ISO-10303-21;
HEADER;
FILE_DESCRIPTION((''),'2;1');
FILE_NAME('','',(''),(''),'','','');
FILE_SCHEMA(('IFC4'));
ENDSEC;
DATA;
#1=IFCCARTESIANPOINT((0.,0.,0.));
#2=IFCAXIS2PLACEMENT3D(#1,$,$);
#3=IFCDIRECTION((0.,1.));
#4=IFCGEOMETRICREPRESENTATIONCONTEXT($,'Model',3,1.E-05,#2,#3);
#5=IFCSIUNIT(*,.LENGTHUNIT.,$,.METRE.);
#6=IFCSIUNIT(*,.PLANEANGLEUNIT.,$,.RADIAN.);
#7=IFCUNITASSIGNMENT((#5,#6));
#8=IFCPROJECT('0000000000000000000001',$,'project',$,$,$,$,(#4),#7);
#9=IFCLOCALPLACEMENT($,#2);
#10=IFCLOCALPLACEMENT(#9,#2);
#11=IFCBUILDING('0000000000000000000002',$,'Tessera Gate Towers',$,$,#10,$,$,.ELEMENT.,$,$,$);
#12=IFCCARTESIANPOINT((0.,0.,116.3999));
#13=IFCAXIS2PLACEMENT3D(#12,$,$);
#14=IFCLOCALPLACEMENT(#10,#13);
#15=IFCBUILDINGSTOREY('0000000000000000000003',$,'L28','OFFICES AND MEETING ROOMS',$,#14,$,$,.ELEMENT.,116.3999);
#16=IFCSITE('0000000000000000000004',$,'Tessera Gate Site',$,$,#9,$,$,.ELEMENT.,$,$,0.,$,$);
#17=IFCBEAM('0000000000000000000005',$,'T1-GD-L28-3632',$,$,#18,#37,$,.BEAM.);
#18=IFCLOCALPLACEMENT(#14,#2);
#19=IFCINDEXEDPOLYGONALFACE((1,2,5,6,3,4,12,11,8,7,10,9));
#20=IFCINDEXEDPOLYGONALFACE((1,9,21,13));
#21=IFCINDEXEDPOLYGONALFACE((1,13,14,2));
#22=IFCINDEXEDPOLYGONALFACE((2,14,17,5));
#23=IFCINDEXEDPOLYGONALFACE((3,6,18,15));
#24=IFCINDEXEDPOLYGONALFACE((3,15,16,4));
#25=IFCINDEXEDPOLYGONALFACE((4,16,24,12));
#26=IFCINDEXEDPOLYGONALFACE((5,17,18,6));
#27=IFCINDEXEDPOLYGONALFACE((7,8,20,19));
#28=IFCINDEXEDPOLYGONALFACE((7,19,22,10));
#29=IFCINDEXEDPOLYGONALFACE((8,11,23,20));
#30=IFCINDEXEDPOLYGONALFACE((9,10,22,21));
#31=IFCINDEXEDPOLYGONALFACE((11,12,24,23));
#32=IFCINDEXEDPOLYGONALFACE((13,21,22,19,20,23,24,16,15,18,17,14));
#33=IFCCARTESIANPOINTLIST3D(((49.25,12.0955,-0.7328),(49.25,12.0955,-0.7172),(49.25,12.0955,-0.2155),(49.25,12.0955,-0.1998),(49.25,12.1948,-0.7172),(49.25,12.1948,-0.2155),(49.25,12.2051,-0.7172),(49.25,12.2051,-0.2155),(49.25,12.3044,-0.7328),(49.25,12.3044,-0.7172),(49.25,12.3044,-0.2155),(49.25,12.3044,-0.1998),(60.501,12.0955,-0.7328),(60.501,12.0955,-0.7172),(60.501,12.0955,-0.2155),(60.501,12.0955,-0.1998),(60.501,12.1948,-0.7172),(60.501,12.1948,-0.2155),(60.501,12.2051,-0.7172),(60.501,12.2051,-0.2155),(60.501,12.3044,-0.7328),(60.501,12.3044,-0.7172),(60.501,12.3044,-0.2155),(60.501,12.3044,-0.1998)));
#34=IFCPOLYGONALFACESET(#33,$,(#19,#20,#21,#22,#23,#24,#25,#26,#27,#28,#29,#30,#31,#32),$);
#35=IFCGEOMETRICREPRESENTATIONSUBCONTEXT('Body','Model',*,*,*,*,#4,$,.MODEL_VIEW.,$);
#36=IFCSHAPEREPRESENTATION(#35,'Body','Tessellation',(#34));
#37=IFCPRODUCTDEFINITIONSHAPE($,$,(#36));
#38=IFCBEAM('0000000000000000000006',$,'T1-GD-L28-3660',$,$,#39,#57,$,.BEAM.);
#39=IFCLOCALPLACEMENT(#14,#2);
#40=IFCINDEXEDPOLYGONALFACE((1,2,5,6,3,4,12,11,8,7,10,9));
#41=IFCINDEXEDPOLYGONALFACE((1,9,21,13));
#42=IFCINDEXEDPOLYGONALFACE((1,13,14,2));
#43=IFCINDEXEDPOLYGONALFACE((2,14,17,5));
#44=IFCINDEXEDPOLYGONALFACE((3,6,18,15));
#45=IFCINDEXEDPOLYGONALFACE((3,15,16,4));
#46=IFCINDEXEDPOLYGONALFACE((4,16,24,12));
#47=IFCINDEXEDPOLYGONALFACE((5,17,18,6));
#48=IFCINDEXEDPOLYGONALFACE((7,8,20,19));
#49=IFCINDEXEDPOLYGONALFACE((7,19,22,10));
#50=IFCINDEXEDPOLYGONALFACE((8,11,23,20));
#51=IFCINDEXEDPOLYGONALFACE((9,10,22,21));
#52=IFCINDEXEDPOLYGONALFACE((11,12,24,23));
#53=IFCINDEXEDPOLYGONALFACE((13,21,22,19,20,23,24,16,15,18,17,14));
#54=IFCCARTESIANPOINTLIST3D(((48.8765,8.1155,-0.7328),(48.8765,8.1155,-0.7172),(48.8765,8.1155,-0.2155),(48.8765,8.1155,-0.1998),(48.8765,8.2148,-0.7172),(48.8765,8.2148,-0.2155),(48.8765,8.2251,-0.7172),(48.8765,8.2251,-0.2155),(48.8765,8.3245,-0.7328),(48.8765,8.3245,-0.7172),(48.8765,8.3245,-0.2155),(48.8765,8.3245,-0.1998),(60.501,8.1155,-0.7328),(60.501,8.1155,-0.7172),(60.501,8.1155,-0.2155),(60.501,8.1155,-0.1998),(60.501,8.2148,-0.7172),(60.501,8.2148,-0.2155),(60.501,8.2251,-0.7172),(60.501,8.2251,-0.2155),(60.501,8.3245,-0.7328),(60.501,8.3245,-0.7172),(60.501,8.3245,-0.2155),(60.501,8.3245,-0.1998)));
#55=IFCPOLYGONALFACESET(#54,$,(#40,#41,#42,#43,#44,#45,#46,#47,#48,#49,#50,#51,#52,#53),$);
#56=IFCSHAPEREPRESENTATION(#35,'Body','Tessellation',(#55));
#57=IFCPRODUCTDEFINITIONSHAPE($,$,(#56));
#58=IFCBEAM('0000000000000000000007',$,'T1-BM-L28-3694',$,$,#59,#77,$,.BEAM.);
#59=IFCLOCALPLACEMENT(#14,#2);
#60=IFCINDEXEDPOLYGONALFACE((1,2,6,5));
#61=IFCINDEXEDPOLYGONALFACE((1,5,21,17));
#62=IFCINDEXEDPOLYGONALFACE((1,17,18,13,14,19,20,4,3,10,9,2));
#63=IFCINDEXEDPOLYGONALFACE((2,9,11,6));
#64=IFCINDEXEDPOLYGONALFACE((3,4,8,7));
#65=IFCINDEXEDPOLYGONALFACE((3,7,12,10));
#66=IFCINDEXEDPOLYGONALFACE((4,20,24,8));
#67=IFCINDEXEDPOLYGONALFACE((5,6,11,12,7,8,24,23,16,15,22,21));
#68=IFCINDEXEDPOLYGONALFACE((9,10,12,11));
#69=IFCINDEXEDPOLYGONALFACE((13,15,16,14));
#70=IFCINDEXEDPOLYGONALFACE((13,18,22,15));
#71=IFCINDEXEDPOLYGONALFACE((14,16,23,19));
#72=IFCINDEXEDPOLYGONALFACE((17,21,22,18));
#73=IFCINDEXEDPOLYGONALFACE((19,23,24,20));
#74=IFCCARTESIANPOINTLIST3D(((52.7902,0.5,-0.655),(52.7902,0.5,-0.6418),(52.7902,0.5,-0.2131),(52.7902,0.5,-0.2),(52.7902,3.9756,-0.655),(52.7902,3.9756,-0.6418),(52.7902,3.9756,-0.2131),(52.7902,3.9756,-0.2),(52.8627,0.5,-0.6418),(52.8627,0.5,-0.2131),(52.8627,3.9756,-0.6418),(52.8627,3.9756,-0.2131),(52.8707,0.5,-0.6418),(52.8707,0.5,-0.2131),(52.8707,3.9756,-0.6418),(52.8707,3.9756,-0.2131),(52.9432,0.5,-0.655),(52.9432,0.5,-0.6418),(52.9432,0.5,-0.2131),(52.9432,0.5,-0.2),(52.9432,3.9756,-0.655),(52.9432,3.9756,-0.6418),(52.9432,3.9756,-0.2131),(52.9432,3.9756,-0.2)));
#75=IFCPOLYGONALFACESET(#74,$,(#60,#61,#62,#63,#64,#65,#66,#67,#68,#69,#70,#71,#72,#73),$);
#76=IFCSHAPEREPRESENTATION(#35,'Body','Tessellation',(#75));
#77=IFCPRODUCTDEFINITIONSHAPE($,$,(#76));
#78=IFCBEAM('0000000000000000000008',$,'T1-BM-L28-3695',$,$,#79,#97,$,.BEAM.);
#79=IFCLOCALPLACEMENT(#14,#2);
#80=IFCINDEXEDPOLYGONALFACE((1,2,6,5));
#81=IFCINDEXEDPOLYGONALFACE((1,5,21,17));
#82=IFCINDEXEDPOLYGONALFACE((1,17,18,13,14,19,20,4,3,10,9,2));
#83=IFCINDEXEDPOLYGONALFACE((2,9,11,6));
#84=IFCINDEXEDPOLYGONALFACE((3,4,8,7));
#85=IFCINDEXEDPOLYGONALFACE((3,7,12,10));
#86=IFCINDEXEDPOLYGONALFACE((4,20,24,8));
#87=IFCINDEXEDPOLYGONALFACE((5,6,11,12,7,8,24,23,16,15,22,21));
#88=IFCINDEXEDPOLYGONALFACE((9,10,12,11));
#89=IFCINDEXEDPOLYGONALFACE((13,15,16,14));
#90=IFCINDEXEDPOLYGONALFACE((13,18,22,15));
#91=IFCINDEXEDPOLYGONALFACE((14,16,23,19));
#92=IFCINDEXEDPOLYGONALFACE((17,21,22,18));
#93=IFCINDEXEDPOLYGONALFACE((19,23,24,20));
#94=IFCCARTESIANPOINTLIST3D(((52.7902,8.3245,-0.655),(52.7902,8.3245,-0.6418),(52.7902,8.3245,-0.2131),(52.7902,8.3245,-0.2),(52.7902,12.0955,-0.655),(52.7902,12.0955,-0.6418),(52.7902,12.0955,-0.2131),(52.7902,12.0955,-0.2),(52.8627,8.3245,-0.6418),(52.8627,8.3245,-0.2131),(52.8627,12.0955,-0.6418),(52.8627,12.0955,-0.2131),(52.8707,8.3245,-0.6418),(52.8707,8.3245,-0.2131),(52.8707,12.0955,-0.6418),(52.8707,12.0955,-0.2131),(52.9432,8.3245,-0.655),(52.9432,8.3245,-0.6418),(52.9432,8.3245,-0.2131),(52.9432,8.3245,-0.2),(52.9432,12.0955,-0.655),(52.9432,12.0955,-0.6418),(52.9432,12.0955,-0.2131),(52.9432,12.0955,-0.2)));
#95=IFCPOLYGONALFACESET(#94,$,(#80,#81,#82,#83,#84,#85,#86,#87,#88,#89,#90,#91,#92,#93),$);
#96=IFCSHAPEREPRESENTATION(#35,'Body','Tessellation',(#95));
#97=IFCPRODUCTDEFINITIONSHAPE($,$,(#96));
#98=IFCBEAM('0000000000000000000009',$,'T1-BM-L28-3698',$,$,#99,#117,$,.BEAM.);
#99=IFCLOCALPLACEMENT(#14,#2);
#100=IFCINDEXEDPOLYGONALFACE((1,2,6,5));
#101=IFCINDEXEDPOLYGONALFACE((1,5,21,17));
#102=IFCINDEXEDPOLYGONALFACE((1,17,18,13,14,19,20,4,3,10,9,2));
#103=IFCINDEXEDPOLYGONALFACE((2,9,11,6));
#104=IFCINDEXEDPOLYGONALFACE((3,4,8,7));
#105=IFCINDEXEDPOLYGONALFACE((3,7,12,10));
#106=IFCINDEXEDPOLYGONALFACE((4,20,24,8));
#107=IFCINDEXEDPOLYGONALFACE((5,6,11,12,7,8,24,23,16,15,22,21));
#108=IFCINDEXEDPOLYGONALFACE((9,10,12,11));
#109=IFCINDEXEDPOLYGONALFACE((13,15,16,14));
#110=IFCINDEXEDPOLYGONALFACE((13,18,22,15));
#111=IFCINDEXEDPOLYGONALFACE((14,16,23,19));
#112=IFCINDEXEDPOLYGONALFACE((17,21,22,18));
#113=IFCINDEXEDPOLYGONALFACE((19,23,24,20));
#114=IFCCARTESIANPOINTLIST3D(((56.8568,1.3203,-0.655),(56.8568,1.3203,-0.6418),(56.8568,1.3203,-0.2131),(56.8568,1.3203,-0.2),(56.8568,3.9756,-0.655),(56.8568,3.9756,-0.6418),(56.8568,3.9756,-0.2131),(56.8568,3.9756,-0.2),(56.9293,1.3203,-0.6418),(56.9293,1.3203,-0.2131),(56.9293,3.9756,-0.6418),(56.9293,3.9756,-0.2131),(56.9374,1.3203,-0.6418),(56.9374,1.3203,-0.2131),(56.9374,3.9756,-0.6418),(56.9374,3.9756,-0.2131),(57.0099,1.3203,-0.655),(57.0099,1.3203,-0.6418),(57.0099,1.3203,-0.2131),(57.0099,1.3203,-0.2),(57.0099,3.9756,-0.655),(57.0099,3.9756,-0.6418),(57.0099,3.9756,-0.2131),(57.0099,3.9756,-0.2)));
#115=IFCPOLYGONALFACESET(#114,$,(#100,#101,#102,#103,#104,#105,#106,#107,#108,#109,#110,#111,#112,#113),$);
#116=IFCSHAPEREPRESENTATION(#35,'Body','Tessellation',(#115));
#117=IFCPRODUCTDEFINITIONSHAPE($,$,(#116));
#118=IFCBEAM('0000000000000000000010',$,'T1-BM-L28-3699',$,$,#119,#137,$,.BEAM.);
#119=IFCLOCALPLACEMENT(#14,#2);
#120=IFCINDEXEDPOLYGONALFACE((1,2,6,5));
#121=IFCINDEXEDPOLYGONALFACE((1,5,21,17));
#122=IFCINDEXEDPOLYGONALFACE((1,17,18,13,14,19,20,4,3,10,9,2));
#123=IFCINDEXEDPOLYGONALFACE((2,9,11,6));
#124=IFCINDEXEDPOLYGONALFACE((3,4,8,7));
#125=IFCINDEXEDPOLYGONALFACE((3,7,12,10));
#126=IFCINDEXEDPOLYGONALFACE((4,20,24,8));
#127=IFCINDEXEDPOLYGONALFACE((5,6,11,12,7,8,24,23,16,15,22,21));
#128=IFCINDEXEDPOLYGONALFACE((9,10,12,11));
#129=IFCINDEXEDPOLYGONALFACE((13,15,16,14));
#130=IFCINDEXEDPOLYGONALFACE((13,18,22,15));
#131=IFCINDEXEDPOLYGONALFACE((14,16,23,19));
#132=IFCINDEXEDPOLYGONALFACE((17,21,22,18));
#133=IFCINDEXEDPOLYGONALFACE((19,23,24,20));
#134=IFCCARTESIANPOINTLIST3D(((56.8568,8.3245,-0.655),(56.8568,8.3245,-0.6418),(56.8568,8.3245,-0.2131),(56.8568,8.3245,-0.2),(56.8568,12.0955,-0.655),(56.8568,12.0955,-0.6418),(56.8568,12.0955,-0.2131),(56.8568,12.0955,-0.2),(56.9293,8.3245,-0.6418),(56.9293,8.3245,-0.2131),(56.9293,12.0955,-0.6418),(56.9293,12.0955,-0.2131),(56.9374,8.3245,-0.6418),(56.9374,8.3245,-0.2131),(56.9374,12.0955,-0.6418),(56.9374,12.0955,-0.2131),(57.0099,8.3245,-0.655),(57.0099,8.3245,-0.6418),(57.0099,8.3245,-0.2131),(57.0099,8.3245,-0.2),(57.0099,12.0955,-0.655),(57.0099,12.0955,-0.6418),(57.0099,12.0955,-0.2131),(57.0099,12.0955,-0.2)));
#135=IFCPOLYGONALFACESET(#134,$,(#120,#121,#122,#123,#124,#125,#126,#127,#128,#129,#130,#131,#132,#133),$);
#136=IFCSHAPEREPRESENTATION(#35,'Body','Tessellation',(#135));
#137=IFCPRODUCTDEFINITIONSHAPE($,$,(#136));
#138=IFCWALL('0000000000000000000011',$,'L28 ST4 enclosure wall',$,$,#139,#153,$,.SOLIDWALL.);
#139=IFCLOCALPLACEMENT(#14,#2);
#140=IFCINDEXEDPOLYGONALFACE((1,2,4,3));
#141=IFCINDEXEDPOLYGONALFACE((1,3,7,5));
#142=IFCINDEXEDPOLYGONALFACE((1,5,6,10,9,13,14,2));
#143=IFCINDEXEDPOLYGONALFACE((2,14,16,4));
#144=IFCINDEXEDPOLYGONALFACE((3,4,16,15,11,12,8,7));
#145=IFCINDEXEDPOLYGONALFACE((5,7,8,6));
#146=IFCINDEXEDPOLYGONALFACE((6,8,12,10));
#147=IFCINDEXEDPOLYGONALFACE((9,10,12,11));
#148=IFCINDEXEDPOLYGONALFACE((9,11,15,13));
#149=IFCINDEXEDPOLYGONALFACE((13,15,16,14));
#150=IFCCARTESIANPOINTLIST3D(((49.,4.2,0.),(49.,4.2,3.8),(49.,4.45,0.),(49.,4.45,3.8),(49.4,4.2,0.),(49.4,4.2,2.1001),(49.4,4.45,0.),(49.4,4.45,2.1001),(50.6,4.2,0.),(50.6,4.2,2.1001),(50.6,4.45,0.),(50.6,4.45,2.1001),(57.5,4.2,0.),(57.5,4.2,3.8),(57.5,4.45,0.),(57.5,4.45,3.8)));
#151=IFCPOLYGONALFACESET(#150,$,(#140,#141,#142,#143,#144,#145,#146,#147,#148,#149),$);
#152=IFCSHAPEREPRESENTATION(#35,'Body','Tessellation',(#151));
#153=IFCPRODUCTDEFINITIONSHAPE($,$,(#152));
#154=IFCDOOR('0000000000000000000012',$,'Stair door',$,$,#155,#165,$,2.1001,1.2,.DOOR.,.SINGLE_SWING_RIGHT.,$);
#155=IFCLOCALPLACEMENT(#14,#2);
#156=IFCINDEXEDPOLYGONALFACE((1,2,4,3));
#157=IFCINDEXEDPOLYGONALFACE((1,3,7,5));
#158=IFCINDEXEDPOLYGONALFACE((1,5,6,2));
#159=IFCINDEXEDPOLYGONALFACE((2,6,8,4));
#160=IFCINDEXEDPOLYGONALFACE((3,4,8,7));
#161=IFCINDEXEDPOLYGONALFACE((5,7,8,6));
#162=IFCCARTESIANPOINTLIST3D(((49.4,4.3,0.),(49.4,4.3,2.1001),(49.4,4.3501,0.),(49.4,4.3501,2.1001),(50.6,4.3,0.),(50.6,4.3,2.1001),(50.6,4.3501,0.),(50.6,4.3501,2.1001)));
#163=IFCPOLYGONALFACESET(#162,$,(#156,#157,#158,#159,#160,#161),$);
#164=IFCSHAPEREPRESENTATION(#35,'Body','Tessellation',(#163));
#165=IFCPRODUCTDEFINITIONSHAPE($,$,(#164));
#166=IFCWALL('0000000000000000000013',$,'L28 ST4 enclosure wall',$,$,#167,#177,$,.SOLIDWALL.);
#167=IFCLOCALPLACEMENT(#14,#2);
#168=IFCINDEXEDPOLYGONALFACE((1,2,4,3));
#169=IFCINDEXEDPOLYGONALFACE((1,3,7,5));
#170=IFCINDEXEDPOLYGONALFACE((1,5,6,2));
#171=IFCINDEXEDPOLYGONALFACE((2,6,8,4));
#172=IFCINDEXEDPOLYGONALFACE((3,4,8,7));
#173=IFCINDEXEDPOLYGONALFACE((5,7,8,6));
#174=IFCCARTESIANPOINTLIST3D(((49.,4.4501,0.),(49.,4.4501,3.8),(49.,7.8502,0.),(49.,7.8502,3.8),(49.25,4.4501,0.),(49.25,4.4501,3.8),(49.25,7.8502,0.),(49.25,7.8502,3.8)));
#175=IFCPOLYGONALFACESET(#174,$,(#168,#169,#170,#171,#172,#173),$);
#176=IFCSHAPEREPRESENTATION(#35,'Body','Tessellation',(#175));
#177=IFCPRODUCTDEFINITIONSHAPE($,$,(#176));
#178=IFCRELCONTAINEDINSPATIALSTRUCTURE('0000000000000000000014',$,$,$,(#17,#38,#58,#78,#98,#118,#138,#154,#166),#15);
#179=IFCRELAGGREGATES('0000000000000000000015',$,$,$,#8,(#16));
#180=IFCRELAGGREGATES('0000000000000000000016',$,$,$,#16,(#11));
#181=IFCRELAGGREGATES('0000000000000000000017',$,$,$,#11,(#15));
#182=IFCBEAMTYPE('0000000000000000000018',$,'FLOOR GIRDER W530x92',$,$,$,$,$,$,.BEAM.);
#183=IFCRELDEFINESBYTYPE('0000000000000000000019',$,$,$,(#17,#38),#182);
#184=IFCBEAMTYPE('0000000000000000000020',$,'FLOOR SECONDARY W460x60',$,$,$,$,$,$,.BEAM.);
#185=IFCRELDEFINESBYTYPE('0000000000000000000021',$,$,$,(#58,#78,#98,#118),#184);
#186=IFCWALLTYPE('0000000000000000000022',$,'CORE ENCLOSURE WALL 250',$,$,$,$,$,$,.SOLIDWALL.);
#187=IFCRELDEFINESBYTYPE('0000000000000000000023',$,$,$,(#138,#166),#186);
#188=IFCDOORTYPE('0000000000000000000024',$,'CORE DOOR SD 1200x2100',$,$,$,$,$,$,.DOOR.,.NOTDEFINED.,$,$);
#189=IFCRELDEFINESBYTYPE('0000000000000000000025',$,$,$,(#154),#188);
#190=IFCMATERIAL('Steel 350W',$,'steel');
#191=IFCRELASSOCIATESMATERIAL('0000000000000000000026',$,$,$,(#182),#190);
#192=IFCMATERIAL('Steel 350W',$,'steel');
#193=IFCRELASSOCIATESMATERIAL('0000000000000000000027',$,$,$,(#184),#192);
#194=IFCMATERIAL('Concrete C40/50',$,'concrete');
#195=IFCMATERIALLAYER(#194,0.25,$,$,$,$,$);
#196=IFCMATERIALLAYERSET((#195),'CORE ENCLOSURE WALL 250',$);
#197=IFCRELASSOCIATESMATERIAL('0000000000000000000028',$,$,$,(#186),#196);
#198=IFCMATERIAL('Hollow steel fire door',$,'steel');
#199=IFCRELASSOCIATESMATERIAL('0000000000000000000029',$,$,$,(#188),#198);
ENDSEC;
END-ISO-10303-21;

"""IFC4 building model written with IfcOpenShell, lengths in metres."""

from ifc_helpers import new_model, si_unit, direction, frame, frame_2d, origin, origin_2d, place, context, subcontext, project, spatial, rectangle, i_section, extrude, source, transform, mapped, material, layer, layer_set, material_profile, profile_set, type_object, element, fill, save


model = new_model("IFC4")

# Units and contexts
model_context = context("Model", 3, precision=1e-05, world=origin(), true_north=direction((0.0, 1.0)))
body_context = subcontext(model_context, "Body", "Model", "MODEL_VIEW")
ifc_project = project(units=[si_unit("LENGTHUNIT", "METRE"), si_unit("PLANEANGLEUNIT", "RADIAN")], contexts=[model_context])

# Site, building, storey
site_placement = place(None, origin())
site = spatial("IfcSite", under=ifc_project, at=site_placement, Name="Tessera Gate Site", CompositionType="ELEMENT", RefElevation=0.0)
building_placement = place(site_placement, origin())
building = spatial("IfcBuilding", under=site, at=building_placement, Name="Tessera Gate Towers", CompositionType="ELEMENT")
storey_placement = place(building_placement, frame((0.0, 0.0, 116.3999)))
storey = spatial("IfcBuildingStorey", under=building, at=storey_placement, Name="L28", Description="OFFICES AND MEETING ROOMS", CompositionType="ELEMENT", Elevation=116.3999)

# Beams
ifc_material_1 = material(Name="Steel 350W", Category="steel")
ifc_material_profile_1 = material_profile(ifc_material_1, i_section(OverallWidth=0.209, OverallDepth=0.533, WebThickness=0.0103, FlangeThickness=0.0156, at=origin_2d()), Name="W530x92")
ifc_profile_set_1 = profile_set([ifc_material_profile_1], Name="Steel 350W")
beam_type_1 = type_object("IfcBeamType", Name="FLOOR GIRDER W530x92", PredefinedType="BEAM", material=ifc_profile_set_1)
beam_1_placement = place(storey_placement, frame((49.25, 12.2, -0.4663), z_axis=(1.0, 0.0, 0.0), x_axis=(0.0, 1.0, 0.0)))
element("IfcBeam", 1, at=beam_1_placement, inside=storey, type_object=beam_type_1, Name="T1-GD-L28-3632", PredefinedType="BEAM", context=body_context, shape_type="SweptSolid", body=[
    extrude(i_section(OverallWidth=0.209, OverallDepth=0.533, WebThickness=0.0103, FlangeThickness=0.0156, at=origin_2d()), origin(), (0.0, 0.0, 1.0), 11.251),
])
beam_2_placement = place(storey_placement, frame((48.8765, 8.22, -0.4663), z_axis=(1.0, 0.0, 0.0), x_axis=(0.0, 1.0, 0.0)))
element("IfcBeam", 2, at=beam_2_placement, inside=storey, type_object=beam_type_1, Name="T1-GD-L28-3660", PredefinedType="BEAM", context=body_context, shape_type="SweptSolid", body=[
    extrude(i_section(OverallWidth=0.209, OverallDepth=0.533, WebThickness=0.0103, FlangeThickness=0.0156, at=origin_2d()), origin(), (0.0, 0.0, 1.0), 11.6245),
])
ifc_material_2 = material(Name="Steel 350W", Category="steel")
ifc_material_profile_2 = material_profile(ifc_material_2, i_section(OverallWidth=0.1531, OverallDepth=0.4551, WebThickness=0.0081, FlangeThickness=0.0132, at=origin_2d()), Name="W460x60")
ifc_profile_set_2 = profile_set([ifc_material_profile_2], Name="Steel 350W")
beam_type_2 = type_object("IfcBeamType", Name="FLOOR SECONDARY W460x60", PredefinedType="BEAM", material=ifc_profile_set_2)
beam_3_placement = place(storey_placement, frame((52.8667, 0.5, -0.4275), z_axis=(0.0, 1.0, 0.0), x_axis=(-1.0, 0.0, 0.0)))
element("IfcBeam", 3, at=beam_3_placement, inside=storey, type_object=beam_type_2, Name="T1-BM-L28-3694", PredefinedType="BEAM", context=body_context, shape_type="SweptSolid", body=[
    extrude(i_section(OverallWidth=0.1531, OverallDepth=0.4551, WebThickness=0.0081, FlangeThickness=0.0132, at=origin_2d()), origin(), (0.0, 0.0, 1.0), 3.4756),
])
beam_4_placement = place(storey_placement, frame((52.8667, 8.3245, -0.4275), z_axis=(0.0, 1.0, 0.0), x_axis=(-1.0, 0.0, 0.0)))
element("IfcBeam", 4, at=beam_4_placement, inside=storey, type_object=beam_type_2, Name="T1-BM-L28-3695", PredefinedType="BEAM", context=body_context, shape_type="SweptSolid", body=[
    extrude(i_section(OverallWidth=0.1531, OverallDepth=0.4551, WebThickness=0.0081, FlangeThickness=0.0132, at=origin_2d()), origin(), (0.0, 0.0, 1.0), 3.771),
])
beam_5_placement = place(storey_placement, frame((56.9333, 1.3203, -0.4275), z_axis=(0.0, 1.0, 0.0), x_axis=(-1.0, 0.0, 0.0)))
element("IfcBeam", 5, at=beam_5_placement, inside=storey, type_object=beam_type_2, Name="T1-BM-L28-3698", PredefinedType="BEAM", context=body_context, shape_type="SweptSolid", body=[
    extrude(i_section(OverallWidth=0.1531, OverallDepth=0.4551, WebThickness=0.0081, FlangeThickness=0.0132, at=origin_2d()), origin(), (0.0, 0.0, 1.0), 2.6553),
])
beam_6_placement = place(storey_placement, frame((56.9333, 8.3245, -0.4275), z_axis=(0.0, 1.0, 0.0), x_axis=(-1.0, 0.0, 0.0)))
element("IfcBeam", 6, at=beam_6_placement, inside=storey, type_object=beam_type_2, Name="T1-BM-L28-3699", PredefinedType="BEAM", context=body_context, shape_type="SweptSolid", body=[
    extrude(i_section(OverallWidth=0.1531, OverallDepth=0.4551, WebThickness=0.0081, FlangeThickness=0.0132, at=origin_2d()), origin(), (0.0, 0.0, 1.0), 3.771),
])

# Wall, opening, door
ifc_material_3 = material(Name="Concrete C40/50", Category="concrete")
ifc_layer_1 = layer(ifc_material_3, 0.25)
ifc_layer_set_1 = layer_set([ifc_layer_1], Name="CORE ENCLOSURE WALL 250")
wall_type_1 = type_object("IfcWallType", Name="CORE ENCLOSURE WALL 250", PredefinedType="SOLIDWALL", material=ifc_layer_set_1)
wall_1_placement = place(storey_placement, frame((57.5, 4.325, 0.0), z_axis=(0.0, 0.0, 1.0), x_axis=(-1.0, 0.0, 0.0)))
wall_1 = element("IfcWall", 7, at=wall_1_placement, inside=storey, type_object=wall_type_1, Name="L28 ST4 enclosure wall", PredefinedType="SOLIDWALL", context=body_context, shape_type="SweptSolid", body=[
    extrude(rectangle(XDim=8.5, YDim=0.25, at=frame_2d((4.25, 0.0))), origin(), (0.0, 0.0, 1.0), 3.8),
])
shared_shape_1 = source(origin(), body_context, "Body", "SweptSolid", [
    extrude(rectangle(XDim=1.2, YDim=2.1001, at=frame_2d((0.6001, 1.05))), frame((0.0, 0.135, 0.0), z_axis=(0.0, -1.0, 0.0), x_axis=(1.0, 0.0, 0.0)), (0.0, 0.0, 1.0), 0.27),
])
opening_1_placement = place(wall_1_placement, frame((6.8999, 0.0, 0.0)))
opening_1 = element("IfcOpeningElement", 8, at=opening_1_placement, cuts=wall_1, PredefinedType="OPENING", context=body_context, shape_type="MappedRepresentation", body=[
    mapped(shared_shape_1, transform((0.0, 0.0, 0.0), scale=1.0)),
])
ifc_material_4 = material(Name="Hollow steel fire door", Category="steel")
door_type = type_object("IfcDoorType", Name="CORE DOOR SD 1200x2100", OperationType="NOTDEFINED", PredefinedType="DOOR", material=ifc_material_4)
shared_shape_2 = source(origin(), body_context, "Body", "SweptSolid", [
    extrude(rectangle(XDim=1.2, YDim=2.1001, at=frame_2d((0.6001, 1.05))), frame((0.0, 0.0249, 0.0), z_axis=(0.0, -1.0, 0.0), x_axis=(1.0, 0.0, 0.0)), (0.0, 0.0, 1.0), 0.05),
])
door_placement = place(opening_1_placement, origin())
door = element("IfcDoor", 9, at=door_placement, inside=storey, type_object=door_type, Name="Stair door", OperationType="SINGLE_SWING_RIGHT", OverallHeight=2.1001, OverallWidth=1.2, PredefinedType="DOOR", context=body_context, shape_type="MappedRepresentation", body=[
    mapped(shared_shape_2, transform((0.0, 0.0, 0.0), scale=1.0)),
])
fill(opening_1, door)

# Wall
wall_2_placement = place(storey_placement, frame((49.125, 4.45, 0.0), z_axis=(0.0, 0.0, 1.0), x_axis=(0.0, 1.0, 0.0)))
element("IfcWall", 10, at=wall_2_placement, inside=storey, type_object=wall_type_1, Name="L28 ST4 enclosure wall", PredefinedType="SOLIDWALL", context=body_context, shape_type="SweptSolid", body=[
    extrude(rectangle(XDim=3.4001, YDim=0.25, at=frame_2d((1.7002, 0.0))), origin(), (0.0, 0.0, 1.0), 3.8),
])

save(model, "model.ifc")
